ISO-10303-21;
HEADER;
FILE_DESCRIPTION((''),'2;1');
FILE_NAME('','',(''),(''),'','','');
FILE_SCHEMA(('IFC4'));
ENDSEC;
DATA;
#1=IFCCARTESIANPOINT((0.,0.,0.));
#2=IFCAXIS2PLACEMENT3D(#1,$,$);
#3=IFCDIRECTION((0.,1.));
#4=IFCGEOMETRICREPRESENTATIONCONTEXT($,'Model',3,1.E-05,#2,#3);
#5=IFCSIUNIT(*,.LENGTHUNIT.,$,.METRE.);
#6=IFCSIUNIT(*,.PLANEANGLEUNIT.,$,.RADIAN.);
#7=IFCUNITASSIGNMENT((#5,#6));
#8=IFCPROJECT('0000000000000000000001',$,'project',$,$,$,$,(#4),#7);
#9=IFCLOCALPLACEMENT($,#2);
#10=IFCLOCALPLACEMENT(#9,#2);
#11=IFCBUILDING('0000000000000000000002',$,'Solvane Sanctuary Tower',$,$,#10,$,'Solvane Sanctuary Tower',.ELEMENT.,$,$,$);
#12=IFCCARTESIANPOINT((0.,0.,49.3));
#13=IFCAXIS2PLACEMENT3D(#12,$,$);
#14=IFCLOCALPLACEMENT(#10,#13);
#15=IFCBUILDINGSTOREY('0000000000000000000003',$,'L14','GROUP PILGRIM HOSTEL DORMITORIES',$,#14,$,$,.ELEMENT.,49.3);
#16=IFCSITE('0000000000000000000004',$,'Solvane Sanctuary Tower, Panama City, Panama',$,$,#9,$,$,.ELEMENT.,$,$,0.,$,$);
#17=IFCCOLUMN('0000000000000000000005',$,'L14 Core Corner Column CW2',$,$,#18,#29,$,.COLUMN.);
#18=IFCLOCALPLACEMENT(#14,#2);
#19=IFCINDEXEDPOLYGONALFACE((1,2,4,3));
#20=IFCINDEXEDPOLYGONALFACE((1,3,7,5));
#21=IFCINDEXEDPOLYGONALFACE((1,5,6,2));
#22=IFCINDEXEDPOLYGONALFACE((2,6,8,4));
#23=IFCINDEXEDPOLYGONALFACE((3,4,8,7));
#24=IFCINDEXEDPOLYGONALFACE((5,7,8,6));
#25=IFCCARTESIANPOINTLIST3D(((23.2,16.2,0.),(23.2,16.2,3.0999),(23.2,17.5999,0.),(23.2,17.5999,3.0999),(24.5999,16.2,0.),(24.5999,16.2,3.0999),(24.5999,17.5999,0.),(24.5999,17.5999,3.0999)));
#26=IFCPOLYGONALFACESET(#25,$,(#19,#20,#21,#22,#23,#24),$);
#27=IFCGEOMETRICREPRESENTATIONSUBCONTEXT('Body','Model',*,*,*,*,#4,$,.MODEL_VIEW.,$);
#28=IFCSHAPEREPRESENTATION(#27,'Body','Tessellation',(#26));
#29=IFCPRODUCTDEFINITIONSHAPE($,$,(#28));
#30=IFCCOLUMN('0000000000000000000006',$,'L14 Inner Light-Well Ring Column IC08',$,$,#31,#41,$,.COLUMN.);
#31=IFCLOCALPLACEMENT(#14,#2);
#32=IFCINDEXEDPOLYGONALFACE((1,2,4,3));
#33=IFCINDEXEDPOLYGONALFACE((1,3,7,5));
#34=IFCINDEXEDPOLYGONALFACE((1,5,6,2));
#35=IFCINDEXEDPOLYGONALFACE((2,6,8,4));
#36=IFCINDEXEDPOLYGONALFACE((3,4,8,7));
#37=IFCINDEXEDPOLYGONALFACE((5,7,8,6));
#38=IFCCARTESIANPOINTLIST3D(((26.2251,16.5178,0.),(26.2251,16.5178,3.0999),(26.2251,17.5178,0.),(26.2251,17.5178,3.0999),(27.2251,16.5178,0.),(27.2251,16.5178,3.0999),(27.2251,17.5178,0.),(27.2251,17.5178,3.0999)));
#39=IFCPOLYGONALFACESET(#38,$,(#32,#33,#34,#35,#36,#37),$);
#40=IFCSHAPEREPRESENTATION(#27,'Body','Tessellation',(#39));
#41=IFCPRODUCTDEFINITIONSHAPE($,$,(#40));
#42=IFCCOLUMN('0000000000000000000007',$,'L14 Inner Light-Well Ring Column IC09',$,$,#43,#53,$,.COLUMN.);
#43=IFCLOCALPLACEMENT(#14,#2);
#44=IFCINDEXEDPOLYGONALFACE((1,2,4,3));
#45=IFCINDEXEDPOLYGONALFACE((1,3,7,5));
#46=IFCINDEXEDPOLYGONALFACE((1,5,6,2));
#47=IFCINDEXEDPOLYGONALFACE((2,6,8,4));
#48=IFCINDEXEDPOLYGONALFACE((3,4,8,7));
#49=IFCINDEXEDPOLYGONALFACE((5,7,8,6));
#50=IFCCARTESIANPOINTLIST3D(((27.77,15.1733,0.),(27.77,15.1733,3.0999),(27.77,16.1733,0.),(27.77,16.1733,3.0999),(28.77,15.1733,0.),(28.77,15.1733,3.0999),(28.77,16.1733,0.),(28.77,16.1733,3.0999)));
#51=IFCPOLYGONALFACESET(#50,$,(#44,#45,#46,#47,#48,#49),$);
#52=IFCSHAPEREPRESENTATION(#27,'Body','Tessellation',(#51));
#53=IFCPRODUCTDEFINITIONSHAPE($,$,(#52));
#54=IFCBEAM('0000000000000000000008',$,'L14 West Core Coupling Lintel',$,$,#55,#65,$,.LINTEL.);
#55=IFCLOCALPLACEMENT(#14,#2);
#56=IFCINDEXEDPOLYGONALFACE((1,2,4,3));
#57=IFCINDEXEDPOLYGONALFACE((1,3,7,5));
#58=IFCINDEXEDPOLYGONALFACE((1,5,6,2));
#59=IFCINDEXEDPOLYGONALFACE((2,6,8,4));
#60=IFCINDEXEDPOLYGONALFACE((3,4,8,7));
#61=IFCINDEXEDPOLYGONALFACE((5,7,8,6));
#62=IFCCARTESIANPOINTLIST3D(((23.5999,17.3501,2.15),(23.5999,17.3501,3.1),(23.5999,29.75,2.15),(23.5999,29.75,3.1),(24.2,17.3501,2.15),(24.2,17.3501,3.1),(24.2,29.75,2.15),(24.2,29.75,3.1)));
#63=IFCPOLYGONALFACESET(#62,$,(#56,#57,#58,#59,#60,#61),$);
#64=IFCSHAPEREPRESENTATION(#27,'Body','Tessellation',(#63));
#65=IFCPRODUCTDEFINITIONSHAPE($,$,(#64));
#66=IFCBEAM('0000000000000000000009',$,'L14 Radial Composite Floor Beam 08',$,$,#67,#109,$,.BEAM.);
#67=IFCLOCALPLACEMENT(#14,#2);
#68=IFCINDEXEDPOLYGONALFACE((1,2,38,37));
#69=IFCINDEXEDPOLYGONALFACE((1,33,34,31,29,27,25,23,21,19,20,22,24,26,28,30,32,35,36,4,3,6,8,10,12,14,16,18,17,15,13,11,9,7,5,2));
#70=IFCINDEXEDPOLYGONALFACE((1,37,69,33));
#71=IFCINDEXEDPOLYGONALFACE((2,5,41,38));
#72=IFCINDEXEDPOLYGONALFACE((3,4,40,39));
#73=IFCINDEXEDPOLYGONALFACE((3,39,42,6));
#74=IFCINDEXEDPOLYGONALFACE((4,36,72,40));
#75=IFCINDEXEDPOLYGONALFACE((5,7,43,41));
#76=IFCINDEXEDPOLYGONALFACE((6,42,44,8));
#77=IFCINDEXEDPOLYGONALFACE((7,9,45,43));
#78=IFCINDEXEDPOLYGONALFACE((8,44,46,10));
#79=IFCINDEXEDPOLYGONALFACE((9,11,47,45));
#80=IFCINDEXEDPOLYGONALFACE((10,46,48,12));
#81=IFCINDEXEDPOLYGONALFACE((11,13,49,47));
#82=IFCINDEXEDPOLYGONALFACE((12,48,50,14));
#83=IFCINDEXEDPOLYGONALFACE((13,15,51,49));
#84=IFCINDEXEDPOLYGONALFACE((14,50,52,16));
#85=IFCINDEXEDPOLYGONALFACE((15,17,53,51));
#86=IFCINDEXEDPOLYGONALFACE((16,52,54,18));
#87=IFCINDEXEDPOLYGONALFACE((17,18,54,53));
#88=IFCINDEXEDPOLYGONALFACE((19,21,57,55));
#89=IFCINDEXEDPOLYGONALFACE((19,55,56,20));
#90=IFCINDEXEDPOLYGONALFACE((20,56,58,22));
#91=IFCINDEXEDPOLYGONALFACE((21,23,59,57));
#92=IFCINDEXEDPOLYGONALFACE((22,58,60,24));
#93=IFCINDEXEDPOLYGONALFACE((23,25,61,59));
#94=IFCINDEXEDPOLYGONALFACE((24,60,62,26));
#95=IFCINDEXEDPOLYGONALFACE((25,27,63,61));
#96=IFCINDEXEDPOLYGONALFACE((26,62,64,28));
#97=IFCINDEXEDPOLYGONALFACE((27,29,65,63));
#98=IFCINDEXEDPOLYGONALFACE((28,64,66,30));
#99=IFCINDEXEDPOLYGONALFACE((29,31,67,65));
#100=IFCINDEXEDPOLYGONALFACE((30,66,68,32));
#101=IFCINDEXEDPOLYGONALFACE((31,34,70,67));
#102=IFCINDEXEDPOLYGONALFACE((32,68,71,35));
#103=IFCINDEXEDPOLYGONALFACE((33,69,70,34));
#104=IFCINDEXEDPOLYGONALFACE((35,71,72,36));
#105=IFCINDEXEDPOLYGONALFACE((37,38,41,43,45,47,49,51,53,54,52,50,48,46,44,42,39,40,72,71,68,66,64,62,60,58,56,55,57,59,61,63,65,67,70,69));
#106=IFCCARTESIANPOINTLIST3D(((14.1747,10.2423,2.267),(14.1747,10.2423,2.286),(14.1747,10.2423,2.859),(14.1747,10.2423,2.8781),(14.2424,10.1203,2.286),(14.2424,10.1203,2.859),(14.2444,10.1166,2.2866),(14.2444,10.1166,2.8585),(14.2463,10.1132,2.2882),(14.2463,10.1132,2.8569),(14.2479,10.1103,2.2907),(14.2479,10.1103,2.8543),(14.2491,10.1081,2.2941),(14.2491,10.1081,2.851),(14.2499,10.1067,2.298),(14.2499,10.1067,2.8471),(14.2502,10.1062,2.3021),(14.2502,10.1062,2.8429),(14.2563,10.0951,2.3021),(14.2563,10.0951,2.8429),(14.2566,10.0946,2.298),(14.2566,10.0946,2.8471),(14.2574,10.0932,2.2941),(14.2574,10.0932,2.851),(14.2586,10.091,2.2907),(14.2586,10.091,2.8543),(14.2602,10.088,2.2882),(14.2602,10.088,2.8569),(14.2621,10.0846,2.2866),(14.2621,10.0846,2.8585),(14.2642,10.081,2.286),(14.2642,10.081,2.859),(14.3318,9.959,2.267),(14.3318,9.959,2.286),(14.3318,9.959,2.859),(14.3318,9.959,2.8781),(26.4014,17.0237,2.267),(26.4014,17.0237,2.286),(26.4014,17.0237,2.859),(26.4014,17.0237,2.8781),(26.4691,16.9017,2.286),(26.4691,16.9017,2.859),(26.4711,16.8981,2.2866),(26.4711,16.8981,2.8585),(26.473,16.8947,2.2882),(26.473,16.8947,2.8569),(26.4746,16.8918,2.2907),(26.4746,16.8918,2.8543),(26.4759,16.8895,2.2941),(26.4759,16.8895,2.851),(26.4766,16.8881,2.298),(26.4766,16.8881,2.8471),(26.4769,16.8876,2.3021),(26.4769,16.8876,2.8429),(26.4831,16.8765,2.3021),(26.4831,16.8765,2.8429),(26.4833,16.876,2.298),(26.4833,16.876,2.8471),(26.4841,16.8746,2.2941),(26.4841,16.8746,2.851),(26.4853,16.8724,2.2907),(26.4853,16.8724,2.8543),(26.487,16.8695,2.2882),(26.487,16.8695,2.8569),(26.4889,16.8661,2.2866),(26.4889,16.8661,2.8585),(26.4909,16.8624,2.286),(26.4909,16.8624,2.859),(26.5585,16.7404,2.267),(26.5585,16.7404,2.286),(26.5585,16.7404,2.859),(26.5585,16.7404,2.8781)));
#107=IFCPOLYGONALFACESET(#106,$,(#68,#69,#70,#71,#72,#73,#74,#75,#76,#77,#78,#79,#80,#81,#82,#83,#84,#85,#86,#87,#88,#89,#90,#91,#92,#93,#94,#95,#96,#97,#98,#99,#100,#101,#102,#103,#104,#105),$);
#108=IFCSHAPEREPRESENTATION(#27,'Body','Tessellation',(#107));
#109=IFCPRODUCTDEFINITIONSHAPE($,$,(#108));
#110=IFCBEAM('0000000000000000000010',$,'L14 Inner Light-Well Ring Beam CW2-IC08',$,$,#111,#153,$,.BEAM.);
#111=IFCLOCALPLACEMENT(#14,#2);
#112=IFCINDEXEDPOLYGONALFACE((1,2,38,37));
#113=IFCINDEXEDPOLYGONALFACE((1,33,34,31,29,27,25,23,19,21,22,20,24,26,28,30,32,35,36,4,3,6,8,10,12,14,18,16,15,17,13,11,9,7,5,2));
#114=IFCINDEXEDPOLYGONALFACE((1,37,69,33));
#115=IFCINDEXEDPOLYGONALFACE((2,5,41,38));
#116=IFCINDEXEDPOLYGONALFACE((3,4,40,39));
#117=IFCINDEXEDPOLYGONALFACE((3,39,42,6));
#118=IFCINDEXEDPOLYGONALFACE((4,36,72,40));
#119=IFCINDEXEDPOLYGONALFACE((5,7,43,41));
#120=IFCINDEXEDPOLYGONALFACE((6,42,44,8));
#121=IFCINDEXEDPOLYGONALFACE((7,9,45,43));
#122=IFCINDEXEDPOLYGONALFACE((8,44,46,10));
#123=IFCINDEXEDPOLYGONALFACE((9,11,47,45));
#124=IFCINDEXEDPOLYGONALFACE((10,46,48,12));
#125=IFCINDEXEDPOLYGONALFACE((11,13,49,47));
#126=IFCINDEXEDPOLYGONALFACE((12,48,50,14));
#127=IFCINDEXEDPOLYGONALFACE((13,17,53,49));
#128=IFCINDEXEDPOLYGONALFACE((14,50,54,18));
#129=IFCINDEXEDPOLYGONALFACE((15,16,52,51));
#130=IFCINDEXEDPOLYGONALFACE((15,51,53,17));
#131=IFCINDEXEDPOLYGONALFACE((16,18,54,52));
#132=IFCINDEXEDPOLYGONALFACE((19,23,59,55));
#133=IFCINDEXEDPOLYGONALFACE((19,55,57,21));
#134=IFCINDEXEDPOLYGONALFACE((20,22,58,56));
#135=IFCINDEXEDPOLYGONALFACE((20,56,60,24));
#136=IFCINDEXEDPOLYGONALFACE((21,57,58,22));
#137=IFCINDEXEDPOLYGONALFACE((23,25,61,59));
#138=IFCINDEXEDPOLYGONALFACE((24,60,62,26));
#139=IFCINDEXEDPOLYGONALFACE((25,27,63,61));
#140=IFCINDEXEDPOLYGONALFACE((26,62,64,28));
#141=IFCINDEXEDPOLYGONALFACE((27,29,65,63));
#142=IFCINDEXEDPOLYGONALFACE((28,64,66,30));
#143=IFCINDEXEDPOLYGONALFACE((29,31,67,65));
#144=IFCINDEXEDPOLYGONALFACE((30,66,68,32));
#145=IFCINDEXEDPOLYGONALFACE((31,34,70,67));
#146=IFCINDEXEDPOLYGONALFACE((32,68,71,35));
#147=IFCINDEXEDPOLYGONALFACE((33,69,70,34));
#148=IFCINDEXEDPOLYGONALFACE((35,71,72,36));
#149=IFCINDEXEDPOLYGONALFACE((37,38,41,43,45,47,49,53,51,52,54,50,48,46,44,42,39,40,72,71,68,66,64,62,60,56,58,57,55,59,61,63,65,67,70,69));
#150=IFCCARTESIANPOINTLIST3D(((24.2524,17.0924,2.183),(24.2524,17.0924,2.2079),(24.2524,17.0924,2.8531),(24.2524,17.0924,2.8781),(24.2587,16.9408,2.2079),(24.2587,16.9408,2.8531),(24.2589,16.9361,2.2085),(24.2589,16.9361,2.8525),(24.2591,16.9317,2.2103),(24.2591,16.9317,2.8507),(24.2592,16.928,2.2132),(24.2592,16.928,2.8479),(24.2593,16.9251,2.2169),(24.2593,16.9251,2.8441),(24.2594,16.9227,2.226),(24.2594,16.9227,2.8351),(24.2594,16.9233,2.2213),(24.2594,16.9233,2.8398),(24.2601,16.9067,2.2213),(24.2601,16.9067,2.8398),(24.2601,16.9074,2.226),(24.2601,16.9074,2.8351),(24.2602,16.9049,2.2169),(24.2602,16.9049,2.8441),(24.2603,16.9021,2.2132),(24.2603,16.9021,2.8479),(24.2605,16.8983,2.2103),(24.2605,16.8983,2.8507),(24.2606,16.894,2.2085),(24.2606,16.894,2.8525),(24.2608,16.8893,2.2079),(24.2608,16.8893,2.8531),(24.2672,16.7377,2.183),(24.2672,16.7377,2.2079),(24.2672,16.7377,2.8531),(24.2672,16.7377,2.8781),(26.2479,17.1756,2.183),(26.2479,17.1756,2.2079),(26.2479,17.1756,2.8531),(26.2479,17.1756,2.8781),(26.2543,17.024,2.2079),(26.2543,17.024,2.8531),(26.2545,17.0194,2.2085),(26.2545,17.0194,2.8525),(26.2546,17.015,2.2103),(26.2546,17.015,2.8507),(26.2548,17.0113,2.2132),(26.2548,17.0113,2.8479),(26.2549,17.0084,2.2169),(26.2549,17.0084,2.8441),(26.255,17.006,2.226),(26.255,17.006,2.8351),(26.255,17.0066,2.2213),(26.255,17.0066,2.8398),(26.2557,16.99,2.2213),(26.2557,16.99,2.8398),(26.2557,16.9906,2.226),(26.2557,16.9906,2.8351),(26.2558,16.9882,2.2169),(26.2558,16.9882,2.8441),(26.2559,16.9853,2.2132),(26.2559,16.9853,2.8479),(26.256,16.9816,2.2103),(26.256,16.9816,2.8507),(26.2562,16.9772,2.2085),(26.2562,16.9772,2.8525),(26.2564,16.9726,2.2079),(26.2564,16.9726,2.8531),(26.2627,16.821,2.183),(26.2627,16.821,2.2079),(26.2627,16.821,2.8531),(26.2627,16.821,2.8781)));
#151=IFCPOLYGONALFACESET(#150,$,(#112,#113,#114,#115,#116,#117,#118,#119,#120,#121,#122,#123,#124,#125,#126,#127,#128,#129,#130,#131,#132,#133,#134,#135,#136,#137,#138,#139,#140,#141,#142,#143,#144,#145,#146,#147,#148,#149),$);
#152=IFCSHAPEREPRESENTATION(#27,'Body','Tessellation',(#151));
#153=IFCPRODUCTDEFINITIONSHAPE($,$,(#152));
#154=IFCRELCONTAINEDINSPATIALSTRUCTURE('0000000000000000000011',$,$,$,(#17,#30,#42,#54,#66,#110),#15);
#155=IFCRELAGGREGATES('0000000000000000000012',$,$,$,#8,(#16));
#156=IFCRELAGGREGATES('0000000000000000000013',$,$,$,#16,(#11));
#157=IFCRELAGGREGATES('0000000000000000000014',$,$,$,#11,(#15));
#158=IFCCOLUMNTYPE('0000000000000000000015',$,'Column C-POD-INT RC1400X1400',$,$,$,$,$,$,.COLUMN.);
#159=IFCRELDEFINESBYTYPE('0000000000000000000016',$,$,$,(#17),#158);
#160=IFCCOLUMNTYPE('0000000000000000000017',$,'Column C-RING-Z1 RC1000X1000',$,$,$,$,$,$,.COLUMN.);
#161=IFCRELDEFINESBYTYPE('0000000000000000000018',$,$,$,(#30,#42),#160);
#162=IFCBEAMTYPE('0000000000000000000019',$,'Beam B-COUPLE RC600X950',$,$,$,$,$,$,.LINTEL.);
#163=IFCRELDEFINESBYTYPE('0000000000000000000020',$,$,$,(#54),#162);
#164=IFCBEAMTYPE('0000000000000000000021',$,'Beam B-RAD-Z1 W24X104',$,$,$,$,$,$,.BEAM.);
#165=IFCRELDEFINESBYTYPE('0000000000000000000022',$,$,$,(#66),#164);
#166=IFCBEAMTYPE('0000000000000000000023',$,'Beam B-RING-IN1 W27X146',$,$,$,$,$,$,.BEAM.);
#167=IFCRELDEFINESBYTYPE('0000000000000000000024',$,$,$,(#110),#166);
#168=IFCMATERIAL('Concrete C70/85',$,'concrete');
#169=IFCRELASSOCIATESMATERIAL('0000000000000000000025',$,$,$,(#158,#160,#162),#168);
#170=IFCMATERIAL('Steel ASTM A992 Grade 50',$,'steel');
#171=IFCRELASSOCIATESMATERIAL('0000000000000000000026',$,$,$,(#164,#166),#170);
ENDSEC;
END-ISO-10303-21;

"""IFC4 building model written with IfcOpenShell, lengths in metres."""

from ifc_helpers import new_model, si_unit, direction, frame, origin, origin_2d, place, context, subcontext, project, spatial, rectangle, i_section, extrude, material, material_profile, profile_set, type_object, element, save


model = new_model("IFC4")

# Units and contexts
model_context = context("Model", 3, precision=1e-05, world=origin(), true_north=direction((0.0, 1.0)))
body_context = subcontext(model_context, "Body", "Model", "MODEL_VIEW")
ifc_project = project(units=[si_unit("LENGTHUNIT", "METRE"), si_unit("PLANEANGLEUNIT", "RADIAN")], contexts=[model_context])

# Site, building, storey
site_placement = place(None, origin())
site = spatial("IfcSite", under=ifc_project, at=site_placement, Name="Solvane Sanctuary Tower, Panama City, Panama", CompositionType="ELEMENT", RefElevation=0.0)
building_placement = place(site_placement, origin())
building = spatial("IfcBuilding", under=site, at=building_placement, Name="Solvane Sanctuary Tower", LongName="Solvane Sanctuary Tower", CompositionType="ELEMENT")
storey_placement = place(building_placement, frame((0.0, 0.0, 49.3)))
storey = spatial("IfcBuildingStorey", under=building, at=storey_placement, Name="L14", Description="GROUP PILGRIM HOSTEL DORMITORIES", CompositionType="ELEMENT", Elevation=49.3)

# Columns
ifc_material_1 = material(Name="Concrete C70/85", Category="concrete")
ifc_material_profile_1 = material_profile(ifc_material_1, rectangle(XDim=1.3999, YDim=1.3999, at=origin_2d()), Name="RC1400X1400")
ifc_profile_set_1 = profile_set([ifc_material_profile_1], Name="Concrete C70/85")
column_type_1 = type_object("IfcColumnType", Name="Column C-POD-INT RC1400X1400", PredefinedType="COLUMN", material=ifc_profile_set_1)
column_placement = place(storey_placement, frame((23.8999, 16.8999, 0.0), z_axis=(0.0, 0.0, 1.0), x_axis=(1.0, 0.0, 0.0)))
element("IfcColumn", 1, at=column_placement, inside=storey, type_object=column_type_1, Name="L14 Core Corner Column CW2", PredefinedType="COLUMN", context=body_context, shape_type="SweptSolid", body=[
    extrude(rectangle(XDim=1.3999, YDim=1.3999, at=origin_2d()), origin(), (0.0, 0.0, 1.0), 3.0999),
])
ifc_material_profile_2 = material_profile(ifc_material_1, rectangle(XDim=1.0, YDim=1.0, at=origin_2d()), Name="RC1000X1000")
ifc_profile_set_2 = profile_set([ifc_material_profile_2], Name="Concrete C70/85")
column_type_2 = type_object("IfcColumnType", Name="Column C-RING-Z1 RC1000X1000", PredefinedType="COLUMN", material=ifc_profile_set_2)
for number, where, z_axis, x_axis, name in (
    (2, (26.7251, 17.0178, 0.0), (0.0, 0.0, 1.0), (1.0, 0.0, 0.0), "L14 Inner Light-Well Ring Column IC08"),
    (3, (28.27, 15.6733, 0.0), (0.0, 0.0, 1.0), (1.0, 0.0, 0.0), "L14 Inner Light-Well Ring Column IC09"),
):
    element("IfcColumn", number, at=place(storey_placement, frame(where, z_axis=z_axis, x_axis=x_axis)), inside=storey, type_object=column_type_2, Name=name, PredefinedType="COLUMN", context=body_context, shape_type="SweptSolid", body=[
        extrude(rectangle(XDim=1.0, YDim=1.0, at=origin_2d()), origin(), (0.0, 0.0, 1.0), 3.0999),
    ])

# Beams
ifc_material_profile_3 = material_profile(ifc_material_1, rectangle(XDim=0.6001, YDim=0.95, at=origin_2d()), Name="RC600X950")
ifc_profile_set_3 = profile_set([ifc_material_profile_3], Name="Concrete C70/85")
beam_type_1 = type_object("IfcBeamType", Name="Beam B-COUPLE RC600X950", PredefinedType="LINTEL", material=ifc_profile_set_3)
beam_1_placement = place(storey_placement, frame((23.8999, 17.3501, 2.625), z_axis=(0.0, 1.0, 0.0), x_axis=(-1.0, 0.0, 0.0)))
element("IfcBeam", 4, at=beam_1_placement, inside=storey, type_object=beam_type_1, Name="L14 West Core Coupling Lintel", PredefinedType="LINTEL", context=body_context, shape_type="SweptSolid", body=[
    extrude(rectangle(XDim=0.6001, YDim=0.95, at=origin_2d()), origin(), (0.0, 0.0, 1.0), 12.3999),
])
ifc_material_2 = material(Name="Steel ASTM A992 Grade 50", Category="steel")
ifc_material_profile_4 = material_profile(ifc_material_2, i_section(OverallWidth=0.324, OverallDepth=0.6111, WebThickness=0.0127, FlangeThickness=0.019, FilletRadius=0.0161, at=origin_2d()), Name="W24X104")
ifc_profile_set_4 = profile_set([ifc_material_profile_4], Name="Steel ASTM A992 Grade 50")
beam_type_2 = type_object("IfcBeamType", Name="Beam B-RAD-Z1 W24X104", PredefinedType="BEAM", material=ifc_profile_set_4)
beam_2_placement = place(storey_placement, frame((26.48, 16.8821, 2.5725), z_axis=(-0.874496, -0.485032, 0.0), x_axis=(0.485032, -0.874496, 0.0)))
element("IfcBeam", 5, at=beam_2_placement, inside=storey, type_object=beam_type_2, Name="L14 Radial Composite Floor Beam 08", PredefinedType="BEAM", context=body_context, shape_type="SweptSolid", body=[
    extrude(i_section(OverallWidth=0.324, OverallDepth=0.6111, WebThickness=0.0127, FlangeThickness=0.019, FilletRadius=0.0161, at=origin_2d()), origin(), (0.0, 0.0, 1.0), 13.9814),
])
ifc_material_profile_5 = material_profile(ifc_material_2, i_section(OverallWidth=0.355, OverallDepth=0.6951, WebThickness=0.0154, FlangeThickness=0.0249, FilletRadius=0.0181, at=origin_2d()), Name="W27X146")
ifc_profile_set_5 = profile_set([ifc_material_profile_5], Name="Steel ASTM A992 Grade 50")
beam_type_3 = type_object("IfcBeamType", Name="Beam B-RING-IN1 W27X146", PredefinedType="BEAM", material=ifc_profile_set_5)
beam_3_placement = place(storey_placement, frame((24.2598, 16.915, 2.5305), z_axis=(0.999131, 0.041681, 0.0), x_axis=(-0.041681, 0.999131, 0.0)))
element("IfcBeam", 6, at=beam_3_placement, inside=storey, type_object=beam_type_3, Name="L14 Inner Light-Well Ring Beam CW2-IC08", PredefinedType="BEAM", context=body_context, shape_type="SweptSolid", body=[
    extrude(i_section(OverallWidth=0.355, OverallDepth=0.6951, WebThickness=0.0154, FlangeThickness=0.0249, FilletRadius=0.0181, at=origin_2d()), origin(), (0.0, 0.0, 1.0), 1.9973),
])

save(model, "model.ifc")
